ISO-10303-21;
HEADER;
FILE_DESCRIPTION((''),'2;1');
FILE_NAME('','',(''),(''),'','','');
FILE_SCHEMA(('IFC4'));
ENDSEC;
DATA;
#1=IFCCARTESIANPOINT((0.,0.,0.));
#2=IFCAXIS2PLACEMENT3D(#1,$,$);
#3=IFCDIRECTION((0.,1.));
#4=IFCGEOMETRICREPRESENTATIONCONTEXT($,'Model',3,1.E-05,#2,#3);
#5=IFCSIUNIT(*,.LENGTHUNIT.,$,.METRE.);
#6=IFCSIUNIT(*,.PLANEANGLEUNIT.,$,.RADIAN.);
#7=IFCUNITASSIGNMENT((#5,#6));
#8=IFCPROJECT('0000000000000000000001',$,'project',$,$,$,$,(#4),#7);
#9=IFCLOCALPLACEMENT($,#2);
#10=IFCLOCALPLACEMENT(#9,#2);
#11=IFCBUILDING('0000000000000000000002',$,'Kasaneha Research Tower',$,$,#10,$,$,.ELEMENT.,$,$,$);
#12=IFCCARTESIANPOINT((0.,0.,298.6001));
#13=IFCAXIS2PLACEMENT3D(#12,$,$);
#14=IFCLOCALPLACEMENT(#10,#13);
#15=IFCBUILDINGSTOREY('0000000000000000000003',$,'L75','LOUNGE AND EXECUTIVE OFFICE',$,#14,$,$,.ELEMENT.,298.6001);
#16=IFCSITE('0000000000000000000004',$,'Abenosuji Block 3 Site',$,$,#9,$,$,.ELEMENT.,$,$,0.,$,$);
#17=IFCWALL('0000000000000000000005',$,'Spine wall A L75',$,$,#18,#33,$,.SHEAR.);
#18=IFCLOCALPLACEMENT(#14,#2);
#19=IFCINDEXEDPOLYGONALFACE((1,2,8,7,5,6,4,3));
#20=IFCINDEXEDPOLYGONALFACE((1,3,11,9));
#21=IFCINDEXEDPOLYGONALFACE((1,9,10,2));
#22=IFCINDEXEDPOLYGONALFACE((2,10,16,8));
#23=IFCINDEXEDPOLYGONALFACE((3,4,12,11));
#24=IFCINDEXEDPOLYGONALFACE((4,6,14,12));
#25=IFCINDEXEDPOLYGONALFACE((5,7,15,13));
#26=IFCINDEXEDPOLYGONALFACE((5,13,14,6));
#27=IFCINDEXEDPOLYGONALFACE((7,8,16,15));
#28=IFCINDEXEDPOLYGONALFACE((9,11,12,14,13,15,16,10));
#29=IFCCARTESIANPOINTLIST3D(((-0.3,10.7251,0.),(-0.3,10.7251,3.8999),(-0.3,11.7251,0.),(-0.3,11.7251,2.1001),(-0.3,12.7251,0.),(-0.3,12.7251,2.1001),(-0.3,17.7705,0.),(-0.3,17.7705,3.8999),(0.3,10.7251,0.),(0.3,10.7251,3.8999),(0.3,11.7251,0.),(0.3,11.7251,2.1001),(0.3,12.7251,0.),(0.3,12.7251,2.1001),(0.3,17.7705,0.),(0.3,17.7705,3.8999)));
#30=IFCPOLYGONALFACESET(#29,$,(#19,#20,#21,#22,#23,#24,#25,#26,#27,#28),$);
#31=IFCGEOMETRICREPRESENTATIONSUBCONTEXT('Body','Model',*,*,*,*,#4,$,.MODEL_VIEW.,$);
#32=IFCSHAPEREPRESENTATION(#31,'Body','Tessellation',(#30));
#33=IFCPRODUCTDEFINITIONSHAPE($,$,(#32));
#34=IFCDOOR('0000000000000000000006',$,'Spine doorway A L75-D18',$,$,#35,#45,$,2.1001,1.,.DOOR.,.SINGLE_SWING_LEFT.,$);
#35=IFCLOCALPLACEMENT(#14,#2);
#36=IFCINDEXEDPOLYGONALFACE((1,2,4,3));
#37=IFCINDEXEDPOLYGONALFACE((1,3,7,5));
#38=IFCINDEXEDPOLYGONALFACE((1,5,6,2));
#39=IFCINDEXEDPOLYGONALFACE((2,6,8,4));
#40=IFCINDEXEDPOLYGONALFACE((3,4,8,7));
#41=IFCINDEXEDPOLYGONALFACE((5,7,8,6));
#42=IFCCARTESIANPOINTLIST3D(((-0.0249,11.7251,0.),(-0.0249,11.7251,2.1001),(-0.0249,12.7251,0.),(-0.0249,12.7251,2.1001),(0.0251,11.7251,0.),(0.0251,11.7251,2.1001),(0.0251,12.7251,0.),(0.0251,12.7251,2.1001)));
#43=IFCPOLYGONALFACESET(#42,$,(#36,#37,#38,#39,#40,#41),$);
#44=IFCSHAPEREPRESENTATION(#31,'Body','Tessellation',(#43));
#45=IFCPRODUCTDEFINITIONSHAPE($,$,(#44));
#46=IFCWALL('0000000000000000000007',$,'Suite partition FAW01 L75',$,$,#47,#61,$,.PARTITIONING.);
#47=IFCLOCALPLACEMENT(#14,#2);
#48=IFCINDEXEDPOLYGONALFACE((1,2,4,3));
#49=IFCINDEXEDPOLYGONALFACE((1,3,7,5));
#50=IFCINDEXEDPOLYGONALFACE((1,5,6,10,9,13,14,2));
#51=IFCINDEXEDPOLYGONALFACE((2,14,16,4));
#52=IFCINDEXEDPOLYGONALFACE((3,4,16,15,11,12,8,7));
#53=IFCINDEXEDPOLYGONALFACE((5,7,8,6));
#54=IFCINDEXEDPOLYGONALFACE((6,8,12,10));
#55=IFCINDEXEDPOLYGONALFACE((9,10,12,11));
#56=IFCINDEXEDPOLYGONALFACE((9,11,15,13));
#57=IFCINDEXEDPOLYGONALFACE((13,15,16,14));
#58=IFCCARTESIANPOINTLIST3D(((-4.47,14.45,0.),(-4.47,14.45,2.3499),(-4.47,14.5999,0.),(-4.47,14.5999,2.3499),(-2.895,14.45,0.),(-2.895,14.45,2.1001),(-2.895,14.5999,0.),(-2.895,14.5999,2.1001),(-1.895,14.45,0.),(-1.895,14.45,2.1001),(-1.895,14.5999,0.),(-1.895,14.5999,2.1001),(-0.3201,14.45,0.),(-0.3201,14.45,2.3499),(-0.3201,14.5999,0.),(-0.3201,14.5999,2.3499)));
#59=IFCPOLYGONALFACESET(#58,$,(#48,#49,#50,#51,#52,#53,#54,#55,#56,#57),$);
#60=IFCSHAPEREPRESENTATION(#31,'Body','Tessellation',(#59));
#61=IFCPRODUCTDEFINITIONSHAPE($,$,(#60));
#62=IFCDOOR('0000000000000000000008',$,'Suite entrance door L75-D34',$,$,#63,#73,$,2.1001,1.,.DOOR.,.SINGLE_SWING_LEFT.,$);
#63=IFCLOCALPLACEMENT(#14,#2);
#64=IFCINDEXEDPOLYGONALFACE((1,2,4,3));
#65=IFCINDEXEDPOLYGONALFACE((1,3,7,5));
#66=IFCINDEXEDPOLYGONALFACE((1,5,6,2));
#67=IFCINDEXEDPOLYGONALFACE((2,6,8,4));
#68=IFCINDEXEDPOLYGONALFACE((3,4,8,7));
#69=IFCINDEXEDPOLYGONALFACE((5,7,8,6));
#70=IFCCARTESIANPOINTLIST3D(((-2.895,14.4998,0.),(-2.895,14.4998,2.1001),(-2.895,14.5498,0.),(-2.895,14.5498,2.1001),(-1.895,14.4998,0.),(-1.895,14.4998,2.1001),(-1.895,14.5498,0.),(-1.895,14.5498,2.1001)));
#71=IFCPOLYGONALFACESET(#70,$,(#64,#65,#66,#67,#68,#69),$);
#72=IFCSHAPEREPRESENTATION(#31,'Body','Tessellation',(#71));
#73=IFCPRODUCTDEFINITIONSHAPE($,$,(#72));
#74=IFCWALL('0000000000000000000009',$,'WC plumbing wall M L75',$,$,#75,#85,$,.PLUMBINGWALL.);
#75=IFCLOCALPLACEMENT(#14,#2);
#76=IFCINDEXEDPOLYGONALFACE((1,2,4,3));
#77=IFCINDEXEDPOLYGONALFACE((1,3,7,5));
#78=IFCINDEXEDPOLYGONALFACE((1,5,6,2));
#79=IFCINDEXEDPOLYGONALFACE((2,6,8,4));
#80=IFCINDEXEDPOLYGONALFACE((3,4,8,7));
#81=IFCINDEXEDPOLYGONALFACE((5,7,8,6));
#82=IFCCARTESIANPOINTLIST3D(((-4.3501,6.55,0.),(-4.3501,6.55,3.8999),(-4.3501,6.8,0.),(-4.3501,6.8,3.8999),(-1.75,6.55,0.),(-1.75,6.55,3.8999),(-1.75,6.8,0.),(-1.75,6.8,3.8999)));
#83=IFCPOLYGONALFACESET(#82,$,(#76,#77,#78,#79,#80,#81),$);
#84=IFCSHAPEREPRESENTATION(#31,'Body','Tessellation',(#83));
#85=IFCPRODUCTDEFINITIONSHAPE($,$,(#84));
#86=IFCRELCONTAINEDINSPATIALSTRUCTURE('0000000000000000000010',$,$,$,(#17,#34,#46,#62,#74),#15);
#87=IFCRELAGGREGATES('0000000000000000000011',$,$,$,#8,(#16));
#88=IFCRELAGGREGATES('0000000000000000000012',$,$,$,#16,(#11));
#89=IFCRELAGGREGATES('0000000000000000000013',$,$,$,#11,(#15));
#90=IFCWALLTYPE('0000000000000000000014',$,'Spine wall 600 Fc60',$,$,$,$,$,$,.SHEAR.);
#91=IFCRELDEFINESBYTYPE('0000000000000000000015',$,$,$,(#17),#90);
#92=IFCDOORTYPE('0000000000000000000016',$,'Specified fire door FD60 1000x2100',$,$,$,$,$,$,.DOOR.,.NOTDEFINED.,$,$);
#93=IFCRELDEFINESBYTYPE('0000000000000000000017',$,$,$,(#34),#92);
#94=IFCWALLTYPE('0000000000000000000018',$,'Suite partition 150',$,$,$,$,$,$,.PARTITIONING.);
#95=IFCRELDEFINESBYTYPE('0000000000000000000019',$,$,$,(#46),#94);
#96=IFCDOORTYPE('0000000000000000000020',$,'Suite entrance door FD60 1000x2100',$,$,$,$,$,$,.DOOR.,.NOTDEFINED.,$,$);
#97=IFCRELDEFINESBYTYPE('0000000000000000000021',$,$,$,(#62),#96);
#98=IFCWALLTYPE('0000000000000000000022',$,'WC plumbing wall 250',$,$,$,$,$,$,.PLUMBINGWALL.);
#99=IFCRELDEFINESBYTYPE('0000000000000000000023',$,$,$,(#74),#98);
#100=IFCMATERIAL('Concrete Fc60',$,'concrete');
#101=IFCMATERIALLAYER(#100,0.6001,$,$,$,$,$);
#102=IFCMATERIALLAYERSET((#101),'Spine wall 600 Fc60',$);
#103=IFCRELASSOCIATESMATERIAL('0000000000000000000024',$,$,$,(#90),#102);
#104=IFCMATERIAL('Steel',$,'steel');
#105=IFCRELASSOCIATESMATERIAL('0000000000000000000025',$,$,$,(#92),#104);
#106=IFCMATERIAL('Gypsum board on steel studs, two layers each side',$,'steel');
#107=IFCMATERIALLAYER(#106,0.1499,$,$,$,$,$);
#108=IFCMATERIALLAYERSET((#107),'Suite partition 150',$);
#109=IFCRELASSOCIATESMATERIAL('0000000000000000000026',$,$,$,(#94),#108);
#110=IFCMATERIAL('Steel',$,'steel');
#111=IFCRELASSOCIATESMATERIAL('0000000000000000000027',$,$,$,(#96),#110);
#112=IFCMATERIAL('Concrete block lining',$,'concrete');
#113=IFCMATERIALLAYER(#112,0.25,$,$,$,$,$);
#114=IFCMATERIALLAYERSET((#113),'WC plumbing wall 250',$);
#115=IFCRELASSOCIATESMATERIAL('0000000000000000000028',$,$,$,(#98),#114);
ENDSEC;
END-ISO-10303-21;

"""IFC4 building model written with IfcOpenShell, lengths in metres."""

from ifc_helpers import new_model, si_unit, direction, frame, frame_2d, origin, place, context, subcontext, project, spatial, rectangle, extrude, material, layer, layer_set, type_object, element, fill, save


model = new_model("IFC4")

# Units and contexts
model_context = context("Model", 3, precision=1e-05, world=origin(), true_north=direction((0.0, 1.0)))
body_context = subcontext(model_context, "Body", "Model", "MODEL_VIEW")
ifc_project = project(units=[si_unit("LENGTHUNIT", "METRE"), si_unit("PLANEANGLEUNIT", "RADIAN")], contexts=[model_context])

# Site, building, storey
site_placement = place(None, origin())
site = spatial("IfcSite", under=ifc_project, at=site_placement, Name="Abenosuji Block 3 Site", CompositionType="ELEMENT", RefElevation=0.0)
building_placement = place(site_placement, origin())
building = spatial("IfcBuilding", under=site, at=building_placement, Name="Kasaneha Research Tower", CompositionType="ELEMENT")
storey_placement = place(building_placement, frame((0.0, 0.0, 298.6001)))
storey = spatial("IfcBuildingStorey", under=building, at=storey_placement, Name="L75", Description="LOUNGE AND EXECUTIVE OFFICE", CompositionType="ELEMENT", Elevation=298.6001)

# Walls, openings, doors
ifc_material_1 = material(Name="Concrete Fc60", Category="concrete")
ifc_layer_1 = layer(ifc_material_1, 0.6001)
ifc_layer_set_1 = layer_set([ifc_layer_1], Name="Spine wall 600 Fc60")
wall_type_1 = type_object("IfcWallType", Name="Spine wall 600 Fc60", PredefinedType="SHEAR", material=ifc_layer_set_1)
wall_1_placement = place(storey_placement, frame((0.0, 10.7251, 0.0), z_axis=(0.0, 0.0, 1.0), x_axis=(0.0, 1.0, 0.0)))
wall_1 = element("IfcWall", 1, at=wall_1_placement, inside=storey, type_object=wall_type_1, Name="Spine wall A L75", PredefinedType="SHEAR", context=body_context, shape_type="SweptSolid", body=[
    extrude(rectangle(XDim=7.0454, YDim=0.6001, at=frame_2d((3.5227, 0.0))), origin(), (0.0, 0.0, 1.0), 3.8999),
])
opening_1_placement = place(wall_1_placement, frame((1.0, 0.0, 0.0)))
opening_1 = element("IfcOpeningElement", 2, at=opening_1_placement, cuts=wall_1, PredefinedType="OPENING", context=body_context, shape_type="SweptSolid", body=[
    extrude(rectangle(XDim=1.0, YDim=2.1001, at=frame_2d((0.5, 1.05))), frame((0.0, 0.3101, 0.0), z_axis=(0.0, -1.0, 0.0), x_axis=(1.0, 0.0, 0.0)), (0.0, 0.0, 1.0), 0.6201),
])
ifc_material_2 = material(Name="Steel", Category="steel")
door_type_1 = type_object("IfcDoorType", Name="Specified fire door FD60 1000x2100", OperationType="NOTDEFINED", PredefinedType="DOOR", material=ifc_material_2)
door_1_placement = place(opening_1_placement, origin())
door_1 = element("IfcDoor", 3, at=door_1_placement, inside=storey, type_object=door_type_1, Name="Spine doorway A L75-D18", OperationType="SINGLE_SWING_LEFT", OverallHeight=2.1001, OverallWidth=1.0, PredefinedType="DOOR", context=body_context, shape_type="SweptSolid", body=[
    extrude(rectangle(XDim=1.0, YDim=2.1001, at=frame_2d((0.5, 1.05))), frame((0.0, 0.0249, 0.0), z_axis=(0.0, -1.0, 0.0), x_axis=(1.0, 0.0, 0.0)), (0.0, 0.0, 1.0), 0.05),
])
fill(opening_1, door_1)
ifc_material_3 = material(Name="Gypsum board on steel studs, two layers each side", Category="steel")
ifc_layer_2 = layer(ifc_material_3, 0.1499)
ifc_layer_set_2 = layer_set([ifc_layer_2], Name="Suite partition 150")
wall_type_2 = type_object("IfcWallType", Name="Suite partition 150", PredefinedType="PARTITIONING", material=ifc_layer_set_2)
wall_2_placement = place(storey_placement, frame((-4.47, 14.5249, 0.0), z_axis=(0.0, 0.0, 1.0), x_axis=(1.0, 0.0, 0.0)))
wall_2 = element("IfcWall", 4, at=wall_2_placement, inside=storey, type_object=wall_type_2, Name="Suite partition FAW01 L75", PredefinedType="PARTITIONING", context=body_context, shape_type="SweptSolid", body=[
    extrude(rectangle(XDim=4.1499, YDim=0.1499, at=frame_2d((2.075, 0.0))), origin(), (0.0, 0.0, 1.0), 2.3499),
])
opening_2_placement = place(wall_2_placement, frame((1.575, 0.0, 0.0)))
opening_2 = element("IfcOpeningElement", 5, at=opening_2_placement, cuts=wall_2, PredefinedType="OPENING", context=body_context, shape_type="SweptSolid", body=[
    extrude(rectangle(XDim=1.0, YDim=2.1001, at=frame_2d((0.5, 1.05))), frame((0.0, 0.085, 0.0), z_axis=(0.0, -1.0, 0.0), x_axis=(1.0, 0.0, 0.0)), (0.0, 0.0, 1.0), 0.1699),
])
ifc_material_4 = material(Name="Steel", Category="steel")
door_type_2 = type_object("IfcDoorType", Name="Suite entrance door FD60 1000x2100", OperationType="NOTDEFINED", PredefinedType="DOOR", material=ifc_material_4)
door_2_placement = place(opening_2_placement, origin())
door_2 = element("IfcDoor", 6, at=door_2_placement, inside=storey, type_object=door_type_2, Name="Suite entrance door L75-D34", OperationType="SINGLE_SWING_LEFT", OverallHeight=2.1001, OverallWidth=1.0, PredefinedType="DOOR", context=body_context, shape_type="SweptSolid", body=[
    extrude(rectangle(XDim=1.0, YDim=2.1001, at=frame_2d((0.5, 1.05))), frame((0.0, 0.0249, 0.0), z_axis=(0.0, -1.0, 0.0), x_axis=(1.0, 0.0, 0.0)), (0.0, 0.0, 1.0), 0.05),
])
fill(opening_2, door_2)

# Wall
ifc_material_5 = material(Name="Concrete block lining", Category="concrete")
ifc_layer_3 = layer(ifc_material_5, 0.25)
ifc_layer_set_3 = layer_set([ifc_layer_3], Name="WC plumbing wall 250")
wall_type_3 = type_object("IfcWallType", Name="WC plumbing wall 250", PredefinedType="PLUMBINGWALL", material=ifc_layer_set_3)
wall_3_placement = place(storey_placement, frame((-4.3501, 6.675, 0.0), z_axis=(0.0, 0.0, 1.0), x_axis=(1.0, 0.0, 0.0)))
element("IfcWall", 7, at=wall_3_placement, inside=storey, type_object=wall_type_3, Name="WC plumbing wall M L75", PredefinedType="PLUMBINGWALL", context=body_context, shape_type="SweptSolid", body=[
    extrude(rectangle(XDim=2.6001, YDim=0.25, at=frame_2d((1.3, 0.0))), origin(), (0.0, 0.0, 1.0), 3.8999),
])

save(model, "model.ifc")
